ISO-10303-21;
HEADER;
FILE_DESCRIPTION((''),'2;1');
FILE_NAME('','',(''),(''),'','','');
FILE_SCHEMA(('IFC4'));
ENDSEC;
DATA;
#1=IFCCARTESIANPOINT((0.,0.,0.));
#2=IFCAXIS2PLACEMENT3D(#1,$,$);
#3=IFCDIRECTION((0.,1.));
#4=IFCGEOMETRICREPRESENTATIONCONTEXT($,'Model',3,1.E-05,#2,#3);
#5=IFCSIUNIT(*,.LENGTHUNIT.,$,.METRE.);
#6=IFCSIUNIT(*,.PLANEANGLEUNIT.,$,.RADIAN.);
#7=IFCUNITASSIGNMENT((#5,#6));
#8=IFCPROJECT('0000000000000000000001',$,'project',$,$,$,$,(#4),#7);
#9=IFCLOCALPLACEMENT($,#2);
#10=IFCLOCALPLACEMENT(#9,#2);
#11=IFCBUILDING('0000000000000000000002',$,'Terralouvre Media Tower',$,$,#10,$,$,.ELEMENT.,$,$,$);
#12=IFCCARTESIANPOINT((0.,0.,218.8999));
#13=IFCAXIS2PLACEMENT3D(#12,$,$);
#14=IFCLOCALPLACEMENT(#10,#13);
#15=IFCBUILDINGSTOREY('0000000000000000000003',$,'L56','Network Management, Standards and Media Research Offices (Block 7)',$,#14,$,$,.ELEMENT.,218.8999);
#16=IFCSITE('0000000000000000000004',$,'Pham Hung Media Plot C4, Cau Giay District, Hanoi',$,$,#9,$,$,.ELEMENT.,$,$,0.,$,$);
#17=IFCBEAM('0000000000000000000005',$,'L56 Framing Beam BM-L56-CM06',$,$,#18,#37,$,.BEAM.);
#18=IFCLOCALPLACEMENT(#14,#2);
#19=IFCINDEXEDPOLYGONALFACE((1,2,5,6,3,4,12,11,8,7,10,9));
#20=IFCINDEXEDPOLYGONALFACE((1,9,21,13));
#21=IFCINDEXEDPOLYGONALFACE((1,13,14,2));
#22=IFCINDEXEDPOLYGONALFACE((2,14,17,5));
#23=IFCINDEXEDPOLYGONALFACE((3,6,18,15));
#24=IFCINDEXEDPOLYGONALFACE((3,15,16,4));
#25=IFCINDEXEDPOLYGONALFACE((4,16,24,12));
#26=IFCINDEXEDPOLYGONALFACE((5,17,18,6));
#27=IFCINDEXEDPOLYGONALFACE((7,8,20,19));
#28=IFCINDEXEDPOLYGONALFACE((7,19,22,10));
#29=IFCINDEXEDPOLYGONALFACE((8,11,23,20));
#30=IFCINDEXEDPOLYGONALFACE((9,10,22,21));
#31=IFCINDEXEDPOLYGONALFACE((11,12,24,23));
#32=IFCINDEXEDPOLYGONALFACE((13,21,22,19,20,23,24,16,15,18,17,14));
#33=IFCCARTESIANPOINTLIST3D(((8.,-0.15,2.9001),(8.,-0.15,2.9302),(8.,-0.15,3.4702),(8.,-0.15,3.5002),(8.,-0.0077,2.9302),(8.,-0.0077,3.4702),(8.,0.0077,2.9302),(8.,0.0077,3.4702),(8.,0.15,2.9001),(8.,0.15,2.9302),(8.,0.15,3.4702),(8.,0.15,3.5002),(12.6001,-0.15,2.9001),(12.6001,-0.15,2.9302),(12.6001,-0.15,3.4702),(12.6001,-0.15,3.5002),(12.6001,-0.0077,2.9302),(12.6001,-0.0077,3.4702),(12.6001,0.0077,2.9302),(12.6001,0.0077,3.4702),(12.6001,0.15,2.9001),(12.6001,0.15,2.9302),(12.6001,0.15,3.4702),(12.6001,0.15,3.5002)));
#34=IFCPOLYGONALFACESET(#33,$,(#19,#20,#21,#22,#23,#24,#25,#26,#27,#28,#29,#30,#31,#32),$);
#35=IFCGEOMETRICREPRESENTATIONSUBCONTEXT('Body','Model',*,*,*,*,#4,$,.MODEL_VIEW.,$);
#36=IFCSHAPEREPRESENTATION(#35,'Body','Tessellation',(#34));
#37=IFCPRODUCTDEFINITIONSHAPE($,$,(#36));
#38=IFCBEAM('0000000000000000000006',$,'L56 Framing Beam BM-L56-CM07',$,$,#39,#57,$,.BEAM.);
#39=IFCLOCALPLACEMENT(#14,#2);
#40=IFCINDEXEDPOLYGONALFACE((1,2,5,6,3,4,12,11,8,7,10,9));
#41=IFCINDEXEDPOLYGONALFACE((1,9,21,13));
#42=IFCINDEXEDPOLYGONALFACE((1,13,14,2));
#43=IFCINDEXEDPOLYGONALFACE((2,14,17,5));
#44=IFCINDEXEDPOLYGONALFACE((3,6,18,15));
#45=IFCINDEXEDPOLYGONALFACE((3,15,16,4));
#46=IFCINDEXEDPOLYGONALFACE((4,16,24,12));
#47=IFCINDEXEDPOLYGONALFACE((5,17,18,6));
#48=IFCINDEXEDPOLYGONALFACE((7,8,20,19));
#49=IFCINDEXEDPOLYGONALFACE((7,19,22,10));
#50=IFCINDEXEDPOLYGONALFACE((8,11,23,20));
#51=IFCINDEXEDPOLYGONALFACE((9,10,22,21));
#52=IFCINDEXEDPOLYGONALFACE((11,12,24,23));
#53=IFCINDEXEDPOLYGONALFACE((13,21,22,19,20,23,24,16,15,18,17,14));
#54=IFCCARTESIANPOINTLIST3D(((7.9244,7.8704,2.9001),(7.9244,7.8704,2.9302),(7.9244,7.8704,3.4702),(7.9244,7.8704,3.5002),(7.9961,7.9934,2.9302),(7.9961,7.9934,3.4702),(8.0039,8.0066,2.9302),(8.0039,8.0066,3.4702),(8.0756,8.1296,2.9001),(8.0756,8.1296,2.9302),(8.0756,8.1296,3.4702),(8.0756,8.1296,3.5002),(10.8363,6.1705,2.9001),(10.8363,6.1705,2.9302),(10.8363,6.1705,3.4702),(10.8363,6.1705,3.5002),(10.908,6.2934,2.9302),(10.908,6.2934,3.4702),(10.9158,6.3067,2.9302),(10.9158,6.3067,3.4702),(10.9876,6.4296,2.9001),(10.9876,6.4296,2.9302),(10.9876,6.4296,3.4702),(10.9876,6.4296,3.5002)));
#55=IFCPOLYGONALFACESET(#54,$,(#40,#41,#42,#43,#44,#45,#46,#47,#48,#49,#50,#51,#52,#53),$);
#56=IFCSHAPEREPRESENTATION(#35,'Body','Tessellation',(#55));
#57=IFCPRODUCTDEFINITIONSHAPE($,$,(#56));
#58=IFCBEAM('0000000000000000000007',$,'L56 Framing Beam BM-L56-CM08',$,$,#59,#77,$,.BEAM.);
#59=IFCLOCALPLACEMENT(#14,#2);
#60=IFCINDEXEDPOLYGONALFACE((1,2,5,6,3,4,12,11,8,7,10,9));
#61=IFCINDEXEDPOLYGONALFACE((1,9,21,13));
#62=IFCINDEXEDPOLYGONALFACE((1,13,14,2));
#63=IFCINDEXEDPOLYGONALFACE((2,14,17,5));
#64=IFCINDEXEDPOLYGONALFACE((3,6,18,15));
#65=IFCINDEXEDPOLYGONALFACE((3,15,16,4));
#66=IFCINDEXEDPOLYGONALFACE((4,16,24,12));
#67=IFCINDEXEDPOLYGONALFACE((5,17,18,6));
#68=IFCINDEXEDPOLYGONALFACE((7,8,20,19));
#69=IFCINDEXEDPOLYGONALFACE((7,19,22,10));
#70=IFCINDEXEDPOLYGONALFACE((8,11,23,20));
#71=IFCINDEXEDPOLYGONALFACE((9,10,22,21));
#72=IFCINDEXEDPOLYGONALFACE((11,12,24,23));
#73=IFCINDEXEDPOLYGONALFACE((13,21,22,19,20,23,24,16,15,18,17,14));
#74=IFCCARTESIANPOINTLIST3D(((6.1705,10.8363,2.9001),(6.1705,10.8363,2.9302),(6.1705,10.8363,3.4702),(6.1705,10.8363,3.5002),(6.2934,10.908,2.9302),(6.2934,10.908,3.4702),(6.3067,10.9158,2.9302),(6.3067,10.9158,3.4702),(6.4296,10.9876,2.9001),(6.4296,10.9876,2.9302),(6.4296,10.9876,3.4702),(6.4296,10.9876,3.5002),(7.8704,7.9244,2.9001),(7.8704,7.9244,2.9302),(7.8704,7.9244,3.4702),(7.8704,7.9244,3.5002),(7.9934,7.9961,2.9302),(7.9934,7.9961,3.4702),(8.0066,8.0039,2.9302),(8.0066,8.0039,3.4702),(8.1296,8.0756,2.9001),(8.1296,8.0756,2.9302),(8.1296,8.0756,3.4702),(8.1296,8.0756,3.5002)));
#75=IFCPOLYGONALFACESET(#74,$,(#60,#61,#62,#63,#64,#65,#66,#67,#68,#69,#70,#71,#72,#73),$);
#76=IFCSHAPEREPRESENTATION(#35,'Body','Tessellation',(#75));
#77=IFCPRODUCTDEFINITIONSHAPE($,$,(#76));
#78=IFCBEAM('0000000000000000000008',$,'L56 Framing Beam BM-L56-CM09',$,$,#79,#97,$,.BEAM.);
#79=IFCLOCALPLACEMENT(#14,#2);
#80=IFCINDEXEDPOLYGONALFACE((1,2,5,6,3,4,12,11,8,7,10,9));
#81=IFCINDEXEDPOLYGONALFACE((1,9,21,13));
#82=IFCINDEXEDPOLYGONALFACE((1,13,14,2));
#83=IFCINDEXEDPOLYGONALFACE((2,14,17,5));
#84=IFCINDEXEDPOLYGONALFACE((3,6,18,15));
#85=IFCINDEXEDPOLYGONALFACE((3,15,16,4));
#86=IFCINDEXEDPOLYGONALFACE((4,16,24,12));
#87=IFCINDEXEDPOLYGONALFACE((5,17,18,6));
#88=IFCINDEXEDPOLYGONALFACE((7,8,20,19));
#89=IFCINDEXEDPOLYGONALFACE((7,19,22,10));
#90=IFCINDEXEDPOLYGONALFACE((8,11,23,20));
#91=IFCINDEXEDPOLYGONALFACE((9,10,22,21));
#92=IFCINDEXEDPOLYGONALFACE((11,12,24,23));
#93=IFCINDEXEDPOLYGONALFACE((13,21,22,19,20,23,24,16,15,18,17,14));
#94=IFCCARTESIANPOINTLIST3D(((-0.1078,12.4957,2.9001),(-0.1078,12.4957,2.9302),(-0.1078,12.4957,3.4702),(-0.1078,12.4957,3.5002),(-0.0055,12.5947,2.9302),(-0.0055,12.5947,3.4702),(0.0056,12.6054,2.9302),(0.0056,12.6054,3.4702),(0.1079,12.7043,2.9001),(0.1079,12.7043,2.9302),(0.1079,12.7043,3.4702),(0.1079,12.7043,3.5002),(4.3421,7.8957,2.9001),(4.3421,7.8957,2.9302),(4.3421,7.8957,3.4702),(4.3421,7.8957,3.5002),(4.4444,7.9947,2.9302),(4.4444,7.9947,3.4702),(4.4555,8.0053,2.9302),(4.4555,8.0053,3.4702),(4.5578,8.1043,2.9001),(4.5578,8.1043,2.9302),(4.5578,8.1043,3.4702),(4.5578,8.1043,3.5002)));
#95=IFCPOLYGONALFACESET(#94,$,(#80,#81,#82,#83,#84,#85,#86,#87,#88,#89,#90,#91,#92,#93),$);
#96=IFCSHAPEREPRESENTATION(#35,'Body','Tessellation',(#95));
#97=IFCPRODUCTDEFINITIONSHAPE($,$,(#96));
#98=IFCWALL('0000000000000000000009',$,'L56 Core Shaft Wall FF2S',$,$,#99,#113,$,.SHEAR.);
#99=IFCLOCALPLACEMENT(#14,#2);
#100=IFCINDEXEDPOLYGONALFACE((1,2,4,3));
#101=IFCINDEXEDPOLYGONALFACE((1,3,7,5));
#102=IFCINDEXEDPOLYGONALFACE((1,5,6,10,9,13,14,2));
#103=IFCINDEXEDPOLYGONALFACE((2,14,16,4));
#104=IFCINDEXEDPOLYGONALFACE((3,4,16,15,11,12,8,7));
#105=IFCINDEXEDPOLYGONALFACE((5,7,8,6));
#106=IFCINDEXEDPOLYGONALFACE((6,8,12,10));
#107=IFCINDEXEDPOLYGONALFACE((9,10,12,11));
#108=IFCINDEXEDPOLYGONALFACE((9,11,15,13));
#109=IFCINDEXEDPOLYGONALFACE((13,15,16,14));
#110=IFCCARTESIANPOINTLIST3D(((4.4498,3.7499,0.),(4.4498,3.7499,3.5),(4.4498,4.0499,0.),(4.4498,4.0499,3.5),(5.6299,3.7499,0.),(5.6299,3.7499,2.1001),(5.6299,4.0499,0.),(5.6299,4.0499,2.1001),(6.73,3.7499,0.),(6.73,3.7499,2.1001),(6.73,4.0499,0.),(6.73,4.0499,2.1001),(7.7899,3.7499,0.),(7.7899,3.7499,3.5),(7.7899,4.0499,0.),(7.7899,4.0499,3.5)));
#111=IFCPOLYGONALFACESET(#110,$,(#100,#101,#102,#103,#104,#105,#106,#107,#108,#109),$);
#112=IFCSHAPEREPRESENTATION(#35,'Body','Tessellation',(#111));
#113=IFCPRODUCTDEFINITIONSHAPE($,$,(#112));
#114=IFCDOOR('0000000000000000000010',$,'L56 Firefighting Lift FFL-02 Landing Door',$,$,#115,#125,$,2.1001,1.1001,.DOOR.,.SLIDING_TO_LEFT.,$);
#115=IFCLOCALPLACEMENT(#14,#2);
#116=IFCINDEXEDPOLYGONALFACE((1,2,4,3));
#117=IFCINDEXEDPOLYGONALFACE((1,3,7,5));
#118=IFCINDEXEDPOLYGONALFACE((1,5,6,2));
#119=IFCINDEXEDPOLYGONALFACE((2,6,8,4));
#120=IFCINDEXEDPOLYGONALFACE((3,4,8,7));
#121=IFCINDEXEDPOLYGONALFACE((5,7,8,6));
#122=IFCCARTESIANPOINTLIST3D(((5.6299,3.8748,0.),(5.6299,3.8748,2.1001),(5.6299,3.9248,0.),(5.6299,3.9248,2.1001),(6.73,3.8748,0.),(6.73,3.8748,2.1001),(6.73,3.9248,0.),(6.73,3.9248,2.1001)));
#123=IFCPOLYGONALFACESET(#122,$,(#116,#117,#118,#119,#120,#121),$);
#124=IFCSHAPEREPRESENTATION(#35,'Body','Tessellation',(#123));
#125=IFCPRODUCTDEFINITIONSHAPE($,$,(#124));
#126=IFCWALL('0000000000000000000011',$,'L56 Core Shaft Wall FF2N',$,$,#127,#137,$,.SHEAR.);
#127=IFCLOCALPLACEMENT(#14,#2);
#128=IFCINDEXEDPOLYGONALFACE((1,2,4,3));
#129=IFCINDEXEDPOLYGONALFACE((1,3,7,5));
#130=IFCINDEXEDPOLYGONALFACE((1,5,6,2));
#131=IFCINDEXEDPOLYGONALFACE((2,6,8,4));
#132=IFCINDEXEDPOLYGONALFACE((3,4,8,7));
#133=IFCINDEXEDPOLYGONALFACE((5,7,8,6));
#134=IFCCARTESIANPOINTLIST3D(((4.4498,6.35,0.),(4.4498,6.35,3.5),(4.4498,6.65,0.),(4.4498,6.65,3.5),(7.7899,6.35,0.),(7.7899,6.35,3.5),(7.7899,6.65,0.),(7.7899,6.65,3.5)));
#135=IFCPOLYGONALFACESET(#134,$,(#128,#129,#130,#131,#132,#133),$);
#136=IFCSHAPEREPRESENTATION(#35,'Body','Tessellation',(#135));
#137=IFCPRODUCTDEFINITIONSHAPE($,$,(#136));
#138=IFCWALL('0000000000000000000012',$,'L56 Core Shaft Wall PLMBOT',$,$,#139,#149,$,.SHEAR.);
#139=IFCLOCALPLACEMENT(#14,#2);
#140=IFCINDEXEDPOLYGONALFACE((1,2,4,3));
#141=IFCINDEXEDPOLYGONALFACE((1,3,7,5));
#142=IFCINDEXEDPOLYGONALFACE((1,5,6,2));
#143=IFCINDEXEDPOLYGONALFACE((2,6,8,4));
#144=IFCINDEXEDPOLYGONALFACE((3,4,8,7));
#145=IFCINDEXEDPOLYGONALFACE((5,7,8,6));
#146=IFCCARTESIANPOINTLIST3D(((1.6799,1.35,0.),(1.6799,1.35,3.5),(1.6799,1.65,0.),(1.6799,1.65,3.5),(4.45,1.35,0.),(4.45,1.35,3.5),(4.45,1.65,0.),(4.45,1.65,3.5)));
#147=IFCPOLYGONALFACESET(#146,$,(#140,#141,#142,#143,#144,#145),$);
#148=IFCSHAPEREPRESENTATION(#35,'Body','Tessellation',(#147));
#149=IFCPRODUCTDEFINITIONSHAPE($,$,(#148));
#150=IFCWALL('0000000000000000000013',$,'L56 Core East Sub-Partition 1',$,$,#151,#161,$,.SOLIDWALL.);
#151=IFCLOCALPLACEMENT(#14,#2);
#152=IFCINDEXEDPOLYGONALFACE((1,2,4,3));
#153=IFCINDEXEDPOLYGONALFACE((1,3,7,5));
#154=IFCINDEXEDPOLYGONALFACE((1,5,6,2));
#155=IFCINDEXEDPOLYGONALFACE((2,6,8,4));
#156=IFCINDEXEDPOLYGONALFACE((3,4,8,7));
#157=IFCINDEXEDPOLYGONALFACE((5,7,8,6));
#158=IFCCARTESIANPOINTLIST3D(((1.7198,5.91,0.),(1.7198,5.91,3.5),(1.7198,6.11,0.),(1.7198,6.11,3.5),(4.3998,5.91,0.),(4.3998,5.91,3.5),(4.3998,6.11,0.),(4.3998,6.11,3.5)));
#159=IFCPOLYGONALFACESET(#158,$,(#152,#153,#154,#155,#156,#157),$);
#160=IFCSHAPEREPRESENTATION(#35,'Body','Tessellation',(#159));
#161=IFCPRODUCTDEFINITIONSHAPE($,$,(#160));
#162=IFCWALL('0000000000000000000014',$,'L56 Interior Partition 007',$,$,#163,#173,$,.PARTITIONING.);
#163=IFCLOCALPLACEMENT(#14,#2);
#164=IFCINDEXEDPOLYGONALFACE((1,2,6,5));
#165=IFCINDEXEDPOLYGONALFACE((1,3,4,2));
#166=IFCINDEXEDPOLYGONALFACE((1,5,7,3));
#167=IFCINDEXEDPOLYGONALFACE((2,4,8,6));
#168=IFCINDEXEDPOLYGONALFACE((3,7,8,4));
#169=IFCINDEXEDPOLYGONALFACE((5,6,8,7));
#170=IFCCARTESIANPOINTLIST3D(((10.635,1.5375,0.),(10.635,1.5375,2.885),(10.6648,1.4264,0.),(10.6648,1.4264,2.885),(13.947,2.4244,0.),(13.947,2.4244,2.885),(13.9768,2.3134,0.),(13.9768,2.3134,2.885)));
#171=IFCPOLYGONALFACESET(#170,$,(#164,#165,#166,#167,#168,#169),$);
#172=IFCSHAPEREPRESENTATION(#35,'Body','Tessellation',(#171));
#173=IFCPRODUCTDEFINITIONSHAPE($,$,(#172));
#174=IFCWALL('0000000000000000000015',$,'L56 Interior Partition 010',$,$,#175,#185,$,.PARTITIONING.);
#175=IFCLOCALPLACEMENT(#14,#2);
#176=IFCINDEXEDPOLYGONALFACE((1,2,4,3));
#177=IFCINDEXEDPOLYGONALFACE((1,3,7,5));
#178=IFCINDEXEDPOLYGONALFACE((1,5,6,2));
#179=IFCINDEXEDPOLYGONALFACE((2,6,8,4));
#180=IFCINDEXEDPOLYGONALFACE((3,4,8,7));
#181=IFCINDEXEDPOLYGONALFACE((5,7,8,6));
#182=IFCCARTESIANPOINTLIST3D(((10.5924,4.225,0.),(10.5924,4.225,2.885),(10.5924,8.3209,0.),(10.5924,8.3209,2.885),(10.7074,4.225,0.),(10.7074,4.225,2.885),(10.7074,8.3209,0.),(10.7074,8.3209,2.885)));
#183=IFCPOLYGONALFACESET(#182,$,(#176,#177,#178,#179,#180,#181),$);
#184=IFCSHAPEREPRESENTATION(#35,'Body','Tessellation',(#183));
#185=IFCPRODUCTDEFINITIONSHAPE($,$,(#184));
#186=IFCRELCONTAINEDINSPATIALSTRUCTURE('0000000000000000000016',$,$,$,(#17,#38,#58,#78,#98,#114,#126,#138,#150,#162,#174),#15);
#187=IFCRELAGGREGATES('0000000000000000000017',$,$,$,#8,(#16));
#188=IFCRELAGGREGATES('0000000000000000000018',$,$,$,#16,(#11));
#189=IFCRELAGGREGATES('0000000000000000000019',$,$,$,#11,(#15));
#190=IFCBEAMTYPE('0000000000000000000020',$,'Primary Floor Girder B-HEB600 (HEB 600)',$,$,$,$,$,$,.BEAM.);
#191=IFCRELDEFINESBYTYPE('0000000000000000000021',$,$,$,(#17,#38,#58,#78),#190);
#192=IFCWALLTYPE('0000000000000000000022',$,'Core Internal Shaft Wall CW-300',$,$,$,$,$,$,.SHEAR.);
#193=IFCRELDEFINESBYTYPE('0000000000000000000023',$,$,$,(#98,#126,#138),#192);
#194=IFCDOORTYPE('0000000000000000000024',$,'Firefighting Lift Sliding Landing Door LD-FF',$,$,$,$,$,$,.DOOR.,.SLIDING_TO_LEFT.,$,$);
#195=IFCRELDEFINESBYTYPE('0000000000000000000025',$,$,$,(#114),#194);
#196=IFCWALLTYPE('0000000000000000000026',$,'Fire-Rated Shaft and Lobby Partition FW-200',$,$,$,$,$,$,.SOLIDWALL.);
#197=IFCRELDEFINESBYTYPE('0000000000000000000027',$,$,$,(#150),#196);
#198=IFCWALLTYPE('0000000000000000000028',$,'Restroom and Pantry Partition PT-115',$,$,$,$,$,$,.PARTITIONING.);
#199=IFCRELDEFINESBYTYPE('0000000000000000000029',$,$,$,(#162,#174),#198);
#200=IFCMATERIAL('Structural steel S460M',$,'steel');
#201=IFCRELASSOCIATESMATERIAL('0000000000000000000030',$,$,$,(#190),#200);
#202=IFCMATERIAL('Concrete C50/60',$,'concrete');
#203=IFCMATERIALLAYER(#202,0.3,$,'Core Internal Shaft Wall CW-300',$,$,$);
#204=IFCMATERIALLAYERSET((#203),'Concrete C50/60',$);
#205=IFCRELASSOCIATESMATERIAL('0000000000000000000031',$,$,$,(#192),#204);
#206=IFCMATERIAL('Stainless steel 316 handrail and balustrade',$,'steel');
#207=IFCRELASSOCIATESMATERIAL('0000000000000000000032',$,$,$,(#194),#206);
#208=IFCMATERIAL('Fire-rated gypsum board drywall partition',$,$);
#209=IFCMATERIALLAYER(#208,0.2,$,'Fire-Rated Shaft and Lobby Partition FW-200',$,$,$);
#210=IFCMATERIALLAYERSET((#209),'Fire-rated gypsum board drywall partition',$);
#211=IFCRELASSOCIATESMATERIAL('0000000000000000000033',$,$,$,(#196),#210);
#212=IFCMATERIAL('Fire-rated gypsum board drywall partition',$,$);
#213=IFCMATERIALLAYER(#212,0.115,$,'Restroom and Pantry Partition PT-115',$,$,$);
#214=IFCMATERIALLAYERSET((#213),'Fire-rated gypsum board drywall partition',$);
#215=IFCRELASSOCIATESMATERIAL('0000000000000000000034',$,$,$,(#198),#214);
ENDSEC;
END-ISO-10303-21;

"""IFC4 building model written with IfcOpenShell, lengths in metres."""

from ifc_helpers import new_model, si_unit, direction, frame, frame_2d, origin, origin_2d, place, context, subcontext, project, spatial, rectangle, i_section, extrude, material, layer, layer_set, material_profile, profile_set, type_object, element, fill, save


model = new_model("IFC4")

# Units and contexts
model_context = context("Model", 3, precision=1e-05, world=origin(), true_north=direction((0.0, 1.0)))
body_context = subcontext(model_context, "Body", "Model", "MODEL_VIEW")
ifc_project = project(units=[si_unit("LENGTHUNIT", "METRE"), si_unit("PLANEANGLEUNIT", "RADIAN")], contexts=[model_context])

# Site, building, storey
site_placement = place(None, origin())
site = spatial("IfcSite", under=ifc_project, at=site_placement, Name="Pham Hung Media Plot C4, Cau Giay District, Hanoi", CompositionType="ELEMENT", RefElevation=0.0)
building_placement = place(site_placement, origin())
building = spatial("IfcBuilding", under=site, at=building_placement, Name="Terralouvre Media Tower", CompositionType="ELEMENT")
storey_placement = place(building_placement, frame((0.0, 0.0, 218.8999)))
storey = spatial("IfcBuildingStorey", under=building, at=storey_placement, Name="L56", Description="Network Management, Standards and Media Research Offices (Block 7)", CompositionType="ELEMENT", Elevation=218.8999)

# Beams
ifc_material_1 = material(Name="Structural steel S460M", Category="steel")
ifc_material_profile_1 = material_profile(ifc_material_1, i_section(OverallWidth=0.3, OverallDepth=0.6001, WebThickness=0.0154, FlangeThickness=0.03, at=origin_2d()), Name="HEB 600")
ifc_profile_set_1 = profile_set([ifc_material_profile_1], Name="Structural steel S460M")
beam_type_1 = type_object("IfcBeamType", Name="Primary Floor Girder B-HEB600 (HEB 600)", PredefinedType="BEAM", material=ifc_profile_set_1)
beam_1_placement = place(storey_placement, frame((8.0, 0.0, 3.2002), z_axis=(1.0, 0.0, 0.0), x_axis=(0.0, 1.0, 0.0)))
element("IfcBeam", 1, at=beam_1_placement, inside=storey, type_object=beam_type_1, Name="L56 Framing Beam BM-L56-CM06", PredefinedType="BEAM", context=body_context, shape_type="SweptSolid", body=[
    extrude(i_section(OverallWidth=0.3, OverallDepth=0.6001, WebThickness=0.0154, FlangeThickness=0.03, at=origin_2d()), origin(), (0.0, 0.0, 1.0), 4.6001),
])
for number, where, z_axis, x_axis, name in (
    (2, (8.0, 8.0, 3.2002), (0.863603, -0.504173, 0.0), (0.504173, 0.863603, 0.0), "L56 Framing Beam BM-L56-CM07"),
    (3, (8.0, 8.0, 3.2002), (-0.504173, 0.863603, 0.0), (-0.863603, -0.504173, 0.0), "L56 Framing Beam BM-L56-CM08"),
):
    element("IfcBeam", number, at=place(storey_placement, frame(where, z_axis=z_axis, x_axis=x_axis)), inside=storey, type_object=beam_type_1, Name=name, PredefinedType="BEAM", context=body_context, shape_type="SweptSolid", body=[
        extrude(i_section(OverallWidth=0.3, OverallDepth=0.6001, WebThickness=0.0154, FlangeThickness=0.03, at=origin_2d()), origin(), (0.0, 0.0, 1.0), 3.3718),
    ])
beam_2_placement = place(storey_placement, frame((4.45, 8.0, 3.2002), z_axis=(-0.69528, 0.718739, 0.0), x_axis=(-0.718739, -0.69528, 0.0)))
element("IfcBeam", 4, at=beam_2_placement, inside=storey, type_object=beam_type_1, Name="L56 Framing Beam BM-L56-CM09", PredefinedType="BEAM", context=body_context, shape_type="SweptSolid", body=[
    extrude(i_section(OverallWidth=0.3, OverallDepth=0.6001, WebThickness=0.0154, FlangeThickness=0.03, at=origin_2d()), origin(), (0.0, 0.0, 1.0), 6.4001),
])

# Wall, opening, door
ifc_material_2 = material(Name="Concrete C50/60", Category="concrete")
ifc_layer_1 = layer(ifc_material_2, 0.3, Name="Core Internal Shaft Wall CW-300")
ifc_layer_set_1 = layer_set([ifc_layer_1], Name="Concrete C50/60")
wall_type_1 = type_object("IfcWallType", Name="Core Internal Shaft Wall CW-300", PredefinedType="SHEAR", material=ifc_layer_set_1)
wall_1_placement = place(storey_placement, frame((4.45, 3.8999, 0.0), z_axis=(0.0, 0.0, 1.0), x_axis=(1.0, 0.0, 0.0)))
wall_1 = element("IfcWall", 5, at=wall_1_placement, inside=storey, type_object=wall_type_1, Name="L56 Core Shaft Wall FF2S", PredefinedType="SHEAR", context=body_context, shape_type="SweptSolid", body=[
    extrude(rectangle(XDim=3.3401, YDim=0.3, at=frame_2d((1.6699, 0.0))), origin(), (0.0, 0.0, 1.0), 3.5),
])
opening_placement = place(wall_1_placement, frame((1.1799, 0.0, 0.0)))
opening = element("IfcOpeningElement", 6, at=opening_placement, cuts=wall_1, PredefinedType="OPENING", context=body_context, shape_type="SweptSolid", body=[
    extrude(rectangle(XDim=1.1001, YDim=2.1001, at=frame_2d((0.55, 1.05))), frame((0.0, 0.1599, 0.0), z_axis=(0.0, -1.0, 0.0), x_axis=(1.0, 0.0, 0.0)), (0.0, 0.0, 1.0), 0.3201),
])
ifc_material_3 = material(Name="Stainless steel 316 handrail and balustrade", Category="steel")
door_type = type_object("IfcDoorType", Name="Firefighting Lift Sliding Landing Door LD-FF", OperationType="SLIDING_TO_LEFT", PredefinedType="DOOR", material=ifc_material_3)
door_placement = place(opening_placement, origin())
door = element("IfcDoor", 7, at=door_placement, inside=storey, type_object=door_type, Name="L56 Firefighting Lift FFL-02 Landing Door", OperationType="SLIDING_TO_LEFT", OverallHeight=2.1001, OverallWidth=1.1001, PredefinedType="DOOR", context=body_context, shape_type="SweptSolid", body=[
    extrude(rectangle(XDim=1.1001, YDim=2.1001, at=frame_2d((0.55, 1.05))), frame((0.0, 0.0249, 0.0), z_axis=(0.0, -1.0, 0.0), x_axis=(1.0, 0.0, 0.0)), (0.0, 0.0, 1.0), 0.05),
])
fill(opening, door)

# Walls
wall_2_placement = place(storey_placement, frame((4.45, 6.5, 0.0), z_axis=(0.0, 0.0, 1.0), x_axis=(1.0, 0.0, 0.0)))
element("IfcWall", 8, at=wall_2_placement, inside=storey, type_object=wall_type_1, Name="L56 Core Shaft Wall FF2N", PredefinedType="SHEAR", context=body_context, shape_type="SweptSolid", body=[
    extrude(rectangle(XDim=3.3401, YDim=0.3, at=frame_2d((1.6699, 0.0))), origin(), (0.0, 0.0, 1.0), 3.5),
])
wall_3_placement = place(storey_placement, frame((1.6799, 1.5, 0.0), z_axis=(0.0, 0.0, 1.0), x_axis=(1.0, 0.0, 0.0)))
element("IfcWall", 9, at=wall_3_placement, inside=storey, type_object=wall_type_1, Name="L56 Core Shaft Wall PLMBOT", PredefinedType="SHEAR", context=body_context, shape_type="SweptSolid", body=[
    extrude(rectangle(XDim=2.77, YDim=0.3, at=frame_2d((1.385, 0.0))), origin(), (0.0, 0.0, 1.0), 3.5),
])
ifc_material_4 = material(Name="Fire-rated gypsum board drywall partition")
ifc_layer_2 = layer(ifc_material_4, 0.2, Name="Fire-Rated Shaft and Lobby Partition FW-200")
ifc_layer_set_2 = layer_set([ifc_layer_2], Name="Fire-rated gypsum board drywall partition")
wall_type_2 = type_object("IfcWallType", Name="Fire-Rated Shaft and Lobby Partition FW-200", PredefinedType="SOLIDWALL", material=ifc_layer_set_2)
wall_4_placement = place(storey_placement, frame((1.72, 6.01, 0.0), z_axis=(0.0, 0.0, 1.0), x_axis=(1.0, 0.0, 0.0)))
element("IfcWall", 10, at=wall_4_placement, inside=storey, type_object=wall_type_2, Name="L56 Core East Sub-Partition 1", PredefinedType="SOLIDWALL", context=body_context, shape_type="SweptSolid", body=[
    extrude(rectangle(XDim=2.6799, YDim=0.2, at=frame_2d((1.3398, 0.0))), origin(), (0.0, 0.0, 1.0), 3.5),
])
ifc_material_5 = material(Name="Fire-rated gypsum board drywall partition")
ifc_layer_3 = layer(ifc_material_5, 0.115, Name="Restroom and Pantry Partition PT-115")
ifc_layer_set_3 = layer_set([ifc_layer_3], Name="Fire-rated gypsum board drywall partition")
wall_type_3 = type_object("IfcWallType", Name="Restroom and Pantry Partition PT-115", PredefinedType="PARTITIONING", material=ifc_layer_set_3)
wall_5_placement = place(storey_placement, frame((10.6499, 1.4819, 0.0), z_axis=(0.0, 0.0, 1.0), x_axis=(0.965961, 0.258686, 0.0)))
element("IfcWall", 11, at=wall_5_placement, inside=storey, type_object=wall_type_3, Name="L56 Interior Partition 007", PredefinedType="PARTITIONING", context=body_context, shape_type="SweptSolid", body=[
    extrude(rectangle(XDim=3.4287, YDim=0.115, at=frame_2d((1.7144, 0.0))), origin(), (0.0, 0.0, 1.0), 2.885),
])
wall_6_placement = place(storey_placement, frame((10.6499, 4.2251, 0.0), z_axis=(0.0, 0.0, 1.0), x_axis=(0.0, 1.0, 0.0)))
element("IfcWall", 12, at=wall_6_placement, inside=storey, type_object=wall_type_3, Name="L56 Interior Partition 010", PredefinedType="PARTITIONING", context=body_context, shape_type="SweptSolid", body=[
    extrude(rectangle(XDim=4.0959, YDim=0.115, at=frame_2d((2.0479, 0.0))), origin(), (0.0, 0.0, 1.0), 2.885),
])

save(model, "model.ifc")
